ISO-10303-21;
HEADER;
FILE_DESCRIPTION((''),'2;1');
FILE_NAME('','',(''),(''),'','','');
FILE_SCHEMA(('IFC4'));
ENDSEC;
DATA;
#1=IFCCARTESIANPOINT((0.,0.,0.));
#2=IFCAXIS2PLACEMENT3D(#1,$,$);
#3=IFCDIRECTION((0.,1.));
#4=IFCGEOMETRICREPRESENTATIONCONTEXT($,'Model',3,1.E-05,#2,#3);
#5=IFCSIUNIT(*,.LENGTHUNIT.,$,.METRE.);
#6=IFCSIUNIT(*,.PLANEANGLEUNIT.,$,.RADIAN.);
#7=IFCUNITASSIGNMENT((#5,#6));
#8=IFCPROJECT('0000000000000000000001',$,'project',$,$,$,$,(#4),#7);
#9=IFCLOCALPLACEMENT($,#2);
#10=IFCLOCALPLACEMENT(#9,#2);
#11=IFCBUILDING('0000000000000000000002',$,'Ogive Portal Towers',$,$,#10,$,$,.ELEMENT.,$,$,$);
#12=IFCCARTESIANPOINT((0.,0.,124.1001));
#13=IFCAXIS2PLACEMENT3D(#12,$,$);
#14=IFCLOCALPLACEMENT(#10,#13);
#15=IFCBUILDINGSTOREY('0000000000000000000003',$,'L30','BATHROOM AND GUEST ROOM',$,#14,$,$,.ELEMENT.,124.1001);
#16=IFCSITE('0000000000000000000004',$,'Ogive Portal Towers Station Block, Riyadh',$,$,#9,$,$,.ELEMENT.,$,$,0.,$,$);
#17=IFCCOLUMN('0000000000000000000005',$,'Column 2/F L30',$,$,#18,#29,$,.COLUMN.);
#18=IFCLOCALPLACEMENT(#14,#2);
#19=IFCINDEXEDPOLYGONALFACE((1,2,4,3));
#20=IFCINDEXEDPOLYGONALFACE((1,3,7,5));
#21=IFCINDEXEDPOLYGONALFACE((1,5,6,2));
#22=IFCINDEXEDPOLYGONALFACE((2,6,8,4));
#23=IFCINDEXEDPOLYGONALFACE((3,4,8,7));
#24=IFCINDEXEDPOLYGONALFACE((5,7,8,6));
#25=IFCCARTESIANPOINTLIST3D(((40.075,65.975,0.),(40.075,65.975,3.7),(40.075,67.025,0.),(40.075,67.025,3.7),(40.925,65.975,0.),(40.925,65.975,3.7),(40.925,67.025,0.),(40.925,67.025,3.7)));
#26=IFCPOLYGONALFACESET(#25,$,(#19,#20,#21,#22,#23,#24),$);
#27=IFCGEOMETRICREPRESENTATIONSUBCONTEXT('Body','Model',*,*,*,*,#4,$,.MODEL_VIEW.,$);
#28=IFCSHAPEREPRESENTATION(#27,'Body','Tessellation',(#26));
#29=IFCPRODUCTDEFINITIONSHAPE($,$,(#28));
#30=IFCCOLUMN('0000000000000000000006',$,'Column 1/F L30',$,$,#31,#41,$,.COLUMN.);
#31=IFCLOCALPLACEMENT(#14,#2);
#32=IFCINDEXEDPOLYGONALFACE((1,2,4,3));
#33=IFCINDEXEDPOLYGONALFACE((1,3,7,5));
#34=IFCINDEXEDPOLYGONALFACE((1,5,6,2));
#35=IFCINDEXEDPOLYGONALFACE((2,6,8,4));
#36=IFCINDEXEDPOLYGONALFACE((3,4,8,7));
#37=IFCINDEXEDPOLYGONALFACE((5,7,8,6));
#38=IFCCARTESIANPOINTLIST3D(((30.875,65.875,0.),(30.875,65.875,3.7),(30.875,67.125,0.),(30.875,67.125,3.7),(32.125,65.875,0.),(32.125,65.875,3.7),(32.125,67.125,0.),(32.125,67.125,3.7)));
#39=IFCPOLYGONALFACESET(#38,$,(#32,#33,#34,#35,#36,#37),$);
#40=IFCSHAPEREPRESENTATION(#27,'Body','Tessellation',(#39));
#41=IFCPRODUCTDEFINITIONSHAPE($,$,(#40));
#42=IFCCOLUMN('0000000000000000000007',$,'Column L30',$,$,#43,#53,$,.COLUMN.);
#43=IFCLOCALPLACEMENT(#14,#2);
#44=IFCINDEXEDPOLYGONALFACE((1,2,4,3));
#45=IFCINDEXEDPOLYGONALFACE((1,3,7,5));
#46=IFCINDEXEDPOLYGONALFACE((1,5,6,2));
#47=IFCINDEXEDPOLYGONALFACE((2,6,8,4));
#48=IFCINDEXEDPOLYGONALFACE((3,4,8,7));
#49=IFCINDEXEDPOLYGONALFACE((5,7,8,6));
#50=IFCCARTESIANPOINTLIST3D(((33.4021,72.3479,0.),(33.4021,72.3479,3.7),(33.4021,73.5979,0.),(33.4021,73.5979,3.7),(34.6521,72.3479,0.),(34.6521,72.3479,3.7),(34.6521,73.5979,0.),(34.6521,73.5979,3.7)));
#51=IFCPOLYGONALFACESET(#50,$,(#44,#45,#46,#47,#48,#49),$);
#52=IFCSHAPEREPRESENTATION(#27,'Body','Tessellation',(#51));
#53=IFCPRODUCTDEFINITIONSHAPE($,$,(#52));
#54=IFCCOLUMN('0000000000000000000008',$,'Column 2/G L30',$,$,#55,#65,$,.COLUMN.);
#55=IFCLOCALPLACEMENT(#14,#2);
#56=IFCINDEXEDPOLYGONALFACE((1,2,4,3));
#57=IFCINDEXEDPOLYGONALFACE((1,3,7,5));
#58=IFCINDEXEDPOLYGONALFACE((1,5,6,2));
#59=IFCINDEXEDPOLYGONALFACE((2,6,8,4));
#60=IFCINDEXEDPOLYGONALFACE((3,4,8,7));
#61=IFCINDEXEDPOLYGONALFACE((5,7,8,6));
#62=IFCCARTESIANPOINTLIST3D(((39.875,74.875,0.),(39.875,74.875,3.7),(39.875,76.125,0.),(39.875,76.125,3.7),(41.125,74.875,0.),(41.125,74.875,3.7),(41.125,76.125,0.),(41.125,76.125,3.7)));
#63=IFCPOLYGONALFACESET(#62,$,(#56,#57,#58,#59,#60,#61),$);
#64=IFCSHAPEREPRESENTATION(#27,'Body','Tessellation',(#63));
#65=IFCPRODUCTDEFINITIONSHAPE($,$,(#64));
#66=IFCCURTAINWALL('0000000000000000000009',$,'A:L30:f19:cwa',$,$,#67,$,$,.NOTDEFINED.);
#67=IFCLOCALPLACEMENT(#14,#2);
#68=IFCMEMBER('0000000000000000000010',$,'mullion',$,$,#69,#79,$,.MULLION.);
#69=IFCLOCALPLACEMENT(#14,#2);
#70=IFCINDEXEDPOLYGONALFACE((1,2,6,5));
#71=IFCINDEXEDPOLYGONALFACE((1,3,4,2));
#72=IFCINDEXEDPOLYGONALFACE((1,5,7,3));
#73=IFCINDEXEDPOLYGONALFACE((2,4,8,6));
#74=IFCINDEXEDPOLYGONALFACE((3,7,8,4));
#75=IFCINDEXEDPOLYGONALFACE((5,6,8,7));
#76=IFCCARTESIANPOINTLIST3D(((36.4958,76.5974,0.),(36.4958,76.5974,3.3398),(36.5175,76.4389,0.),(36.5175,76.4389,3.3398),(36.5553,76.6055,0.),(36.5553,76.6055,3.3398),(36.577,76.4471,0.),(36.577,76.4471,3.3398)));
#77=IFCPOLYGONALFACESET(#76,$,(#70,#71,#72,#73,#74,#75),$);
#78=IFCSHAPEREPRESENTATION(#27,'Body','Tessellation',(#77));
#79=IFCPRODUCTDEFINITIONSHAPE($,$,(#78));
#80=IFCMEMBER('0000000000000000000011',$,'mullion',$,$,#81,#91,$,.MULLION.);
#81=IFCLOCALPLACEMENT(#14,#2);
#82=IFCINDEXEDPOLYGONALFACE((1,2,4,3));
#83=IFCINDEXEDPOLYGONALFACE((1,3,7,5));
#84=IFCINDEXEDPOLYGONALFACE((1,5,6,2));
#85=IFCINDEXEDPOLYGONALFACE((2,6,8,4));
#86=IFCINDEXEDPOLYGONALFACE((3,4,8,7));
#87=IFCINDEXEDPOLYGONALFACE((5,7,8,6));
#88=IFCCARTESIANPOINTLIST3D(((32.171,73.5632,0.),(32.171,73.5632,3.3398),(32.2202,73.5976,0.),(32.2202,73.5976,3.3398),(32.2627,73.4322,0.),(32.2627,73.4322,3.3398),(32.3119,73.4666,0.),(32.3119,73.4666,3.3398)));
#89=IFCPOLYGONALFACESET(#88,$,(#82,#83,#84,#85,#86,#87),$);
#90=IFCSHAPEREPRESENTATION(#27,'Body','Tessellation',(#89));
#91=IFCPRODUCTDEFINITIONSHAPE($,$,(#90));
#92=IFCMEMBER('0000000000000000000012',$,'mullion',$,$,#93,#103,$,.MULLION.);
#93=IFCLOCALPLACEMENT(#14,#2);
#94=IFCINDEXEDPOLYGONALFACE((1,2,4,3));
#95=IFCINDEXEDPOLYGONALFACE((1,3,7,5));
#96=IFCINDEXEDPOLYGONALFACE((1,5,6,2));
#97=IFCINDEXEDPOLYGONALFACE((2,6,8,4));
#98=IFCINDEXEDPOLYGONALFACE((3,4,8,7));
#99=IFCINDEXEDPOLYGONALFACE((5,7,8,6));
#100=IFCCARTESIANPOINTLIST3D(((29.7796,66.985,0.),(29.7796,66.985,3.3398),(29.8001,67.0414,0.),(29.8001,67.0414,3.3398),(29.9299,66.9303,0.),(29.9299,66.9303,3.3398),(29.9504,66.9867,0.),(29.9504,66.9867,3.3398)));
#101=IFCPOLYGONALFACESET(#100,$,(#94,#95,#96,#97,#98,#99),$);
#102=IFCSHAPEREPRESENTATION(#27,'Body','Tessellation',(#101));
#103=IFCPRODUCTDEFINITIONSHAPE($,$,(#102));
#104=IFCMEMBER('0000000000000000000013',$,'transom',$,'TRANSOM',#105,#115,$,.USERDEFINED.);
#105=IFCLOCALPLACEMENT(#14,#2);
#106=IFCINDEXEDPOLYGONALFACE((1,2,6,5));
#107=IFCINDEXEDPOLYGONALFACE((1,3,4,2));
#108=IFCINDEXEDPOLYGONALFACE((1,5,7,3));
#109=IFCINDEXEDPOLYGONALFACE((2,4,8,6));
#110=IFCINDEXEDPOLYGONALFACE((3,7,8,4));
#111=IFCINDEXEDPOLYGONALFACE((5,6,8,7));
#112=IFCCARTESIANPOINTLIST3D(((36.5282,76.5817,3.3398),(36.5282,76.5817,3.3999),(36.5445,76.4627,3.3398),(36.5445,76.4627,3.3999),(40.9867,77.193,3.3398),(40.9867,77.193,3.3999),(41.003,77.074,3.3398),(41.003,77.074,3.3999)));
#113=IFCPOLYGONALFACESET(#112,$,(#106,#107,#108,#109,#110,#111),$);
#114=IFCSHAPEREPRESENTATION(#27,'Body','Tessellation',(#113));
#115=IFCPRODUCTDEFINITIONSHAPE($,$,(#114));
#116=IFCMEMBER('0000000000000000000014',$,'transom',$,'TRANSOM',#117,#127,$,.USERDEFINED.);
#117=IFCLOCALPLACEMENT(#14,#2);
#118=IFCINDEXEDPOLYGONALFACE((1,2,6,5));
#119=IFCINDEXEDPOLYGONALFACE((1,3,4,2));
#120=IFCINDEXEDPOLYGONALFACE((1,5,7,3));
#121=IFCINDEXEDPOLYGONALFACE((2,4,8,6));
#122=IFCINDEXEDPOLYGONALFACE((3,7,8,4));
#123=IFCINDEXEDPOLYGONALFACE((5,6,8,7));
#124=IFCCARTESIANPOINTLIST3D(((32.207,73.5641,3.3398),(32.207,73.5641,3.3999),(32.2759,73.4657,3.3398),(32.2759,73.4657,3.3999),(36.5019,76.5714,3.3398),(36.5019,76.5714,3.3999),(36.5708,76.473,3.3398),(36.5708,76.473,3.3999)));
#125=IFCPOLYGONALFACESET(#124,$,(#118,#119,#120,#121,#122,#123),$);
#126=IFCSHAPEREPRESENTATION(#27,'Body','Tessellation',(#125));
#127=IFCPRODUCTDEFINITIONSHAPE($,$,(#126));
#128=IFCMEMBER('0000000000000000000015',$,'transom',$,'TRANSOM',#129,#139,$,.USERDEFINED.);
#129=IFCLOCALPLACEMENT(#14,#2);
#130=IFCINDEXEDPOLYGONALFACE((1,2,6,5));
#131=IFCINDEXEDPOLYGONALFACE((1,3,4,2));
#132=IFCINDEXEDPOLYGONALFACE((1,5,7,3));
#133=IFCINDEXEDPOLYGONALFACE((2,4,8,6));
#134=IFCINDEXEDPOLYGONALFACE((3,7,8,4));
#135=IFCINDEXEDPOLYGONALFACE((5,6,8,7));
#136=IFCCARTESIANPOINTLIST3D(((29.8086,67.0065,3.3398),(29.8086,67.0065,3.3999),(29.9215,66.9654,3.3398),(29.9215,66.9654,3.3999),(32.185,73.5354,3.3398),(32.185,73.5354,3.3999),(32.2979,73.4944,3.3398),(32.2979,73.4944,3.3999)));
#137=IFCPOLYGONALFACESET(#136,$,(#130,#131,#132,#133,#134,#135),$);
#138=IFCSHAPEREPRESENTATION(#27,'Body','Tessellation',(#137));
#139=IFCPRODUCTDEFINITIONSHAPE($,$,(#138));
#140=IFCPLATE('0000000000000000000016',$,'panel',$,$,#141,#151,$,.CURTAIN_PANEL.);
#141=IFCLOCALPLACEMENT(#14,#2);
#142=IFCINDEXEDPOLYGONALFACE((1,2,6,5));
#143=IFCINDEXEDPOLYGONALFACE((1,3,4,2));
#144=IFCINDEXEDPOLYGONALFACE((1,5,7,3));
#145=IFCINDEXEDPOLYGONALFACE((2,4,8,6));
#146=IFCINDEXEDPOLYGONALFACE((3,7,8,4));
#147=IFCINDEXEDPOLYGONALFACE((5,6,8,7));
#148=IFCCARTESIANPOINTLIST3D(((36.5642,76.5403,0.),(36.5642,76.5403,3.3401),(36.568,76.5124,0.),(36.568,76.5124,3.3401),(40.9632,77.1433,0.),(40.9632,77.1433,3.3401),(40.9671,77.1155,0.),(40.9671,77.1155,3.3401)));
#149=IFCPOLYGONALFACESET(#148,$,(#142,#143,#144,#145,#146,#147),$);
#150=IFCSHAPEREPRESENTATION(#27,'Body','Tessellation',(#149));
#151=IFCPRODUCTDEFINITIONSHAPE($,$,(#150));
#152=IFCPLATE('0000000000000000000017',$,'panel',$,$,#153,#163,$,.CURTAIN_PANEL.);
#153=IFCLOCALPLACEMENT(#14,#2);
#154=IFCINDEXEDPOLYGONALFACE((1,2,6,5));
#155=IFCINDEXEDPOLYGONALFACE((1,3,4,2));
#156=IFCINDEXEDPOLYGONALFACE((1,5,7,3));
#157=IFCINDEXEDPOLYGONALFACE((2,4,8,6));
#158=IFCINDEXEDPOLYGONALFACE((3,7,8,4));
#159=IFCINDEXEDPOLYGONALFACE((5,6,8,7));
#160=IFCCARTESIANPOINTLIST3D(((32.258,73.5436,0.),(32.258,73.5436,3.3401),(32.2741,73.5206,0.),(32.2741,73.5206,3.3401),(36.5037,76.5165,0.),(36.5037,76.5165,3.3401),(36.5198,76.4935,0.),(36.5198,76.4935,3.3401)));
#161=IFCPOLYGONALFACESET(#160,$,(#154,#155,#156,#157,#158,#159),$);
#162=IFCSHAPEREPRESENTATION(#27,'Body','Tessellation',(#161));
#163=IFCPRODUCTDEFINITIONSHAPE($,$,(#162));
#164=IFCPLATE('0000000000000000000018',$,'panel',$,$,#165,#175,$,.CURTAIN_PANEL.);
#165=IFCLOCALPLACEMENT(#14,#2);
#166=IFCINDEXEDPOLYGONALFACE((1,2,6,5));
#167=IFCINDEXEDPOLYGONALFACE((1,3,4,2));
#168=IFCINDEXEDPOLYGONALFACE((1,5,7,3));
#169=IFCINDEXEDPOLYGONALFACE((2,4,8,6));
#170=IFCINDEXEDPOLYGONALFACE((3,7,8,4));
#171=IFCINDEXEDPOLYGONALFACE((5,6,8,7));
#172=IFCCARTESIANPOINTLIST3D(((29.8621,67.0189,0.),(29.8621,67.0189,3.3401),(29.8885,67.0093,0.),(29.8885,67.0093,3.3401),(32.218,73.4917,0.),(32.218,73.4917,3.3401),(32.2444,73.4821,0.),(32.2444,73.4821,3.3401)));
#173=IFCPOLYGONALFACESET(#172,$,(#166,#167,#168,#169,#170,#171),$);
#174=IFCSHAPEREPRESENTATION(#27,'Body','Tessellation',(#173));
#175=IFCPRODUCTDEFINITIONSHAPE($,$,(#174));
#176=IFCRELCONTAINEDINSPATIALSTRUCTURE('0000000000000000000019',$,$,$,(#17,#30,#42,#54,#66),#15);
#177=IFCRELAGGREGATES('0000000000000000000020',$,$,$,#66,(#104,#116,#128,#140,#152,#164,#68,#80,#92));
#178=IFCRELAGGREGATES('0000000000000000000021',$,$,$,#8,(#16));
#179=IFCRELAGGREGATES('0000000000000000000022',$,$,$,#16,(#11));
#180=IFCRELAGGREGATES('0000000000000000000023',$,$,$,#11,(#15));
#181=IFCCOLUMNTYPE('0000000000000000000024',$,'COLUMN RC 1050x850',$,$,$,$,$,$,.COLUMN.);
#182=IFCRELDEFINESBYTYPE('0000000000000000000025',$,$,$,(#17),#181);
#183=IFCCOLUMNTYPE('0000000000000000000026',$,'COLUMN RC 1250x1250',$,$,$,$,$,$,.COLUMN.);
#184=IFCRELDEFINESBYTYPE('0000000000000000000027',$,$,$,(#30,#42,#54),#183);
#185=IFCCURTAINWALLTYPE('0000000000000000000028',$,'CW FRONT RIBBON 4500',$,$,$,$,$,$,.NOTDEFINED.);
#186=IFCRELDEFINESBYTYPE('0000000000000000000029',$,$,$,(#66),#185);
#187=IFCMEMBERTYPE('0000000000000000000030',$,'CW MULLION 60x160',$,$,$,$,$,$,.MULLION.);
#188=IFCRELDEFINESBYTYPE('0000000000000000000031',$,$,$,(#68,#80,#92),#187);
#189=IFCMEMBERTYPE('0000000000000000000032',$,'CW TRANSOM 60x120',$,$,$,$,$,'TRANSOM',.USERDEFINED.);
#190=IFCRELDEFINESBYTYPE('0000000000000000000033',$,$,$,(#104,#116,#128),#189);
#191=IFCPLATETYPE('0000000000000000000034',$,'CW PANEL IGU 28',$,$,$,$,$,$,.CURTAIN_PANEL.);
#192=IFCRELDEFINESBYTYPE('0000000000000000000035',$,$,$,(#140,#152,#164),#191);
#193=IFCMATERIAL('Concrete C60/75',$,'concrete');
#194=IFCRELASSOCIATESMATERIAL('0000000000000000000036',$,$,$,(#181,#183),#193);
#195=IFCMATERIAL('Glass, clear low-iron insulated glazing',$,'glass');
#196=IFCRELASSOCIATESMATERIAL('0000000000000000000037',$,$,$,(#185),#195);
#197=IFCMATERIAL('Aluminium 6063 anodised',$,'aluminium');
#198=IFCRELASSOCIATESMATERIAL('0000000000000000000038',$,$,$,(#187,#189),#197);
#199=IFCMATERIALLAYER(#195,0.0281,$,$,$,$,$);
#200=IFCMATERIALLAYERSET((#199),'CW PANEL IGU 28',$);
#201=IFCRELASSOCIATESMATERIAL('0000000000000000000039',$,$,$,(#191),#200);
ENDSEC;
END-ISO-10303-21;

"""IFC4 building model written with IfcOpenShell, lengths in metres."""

from ifc_helpers import new_model, si_unit, direction, frame, origin, origin_2d, place, context, subcontext, project, spatial, rectangle, extrude, material, layer, layer_set, material_profile, profile_set, type_object, element, aggregate, save


model = new_model("IFC4")

# Units and contexts
model_context = context("Model", 3, precision=1e-05, world=origin(), true_north=direction((0.0, 1.0)))
body_context = subcontext(model_context, "Body", "Model", "MODEL_VIEW")
ifc_project = project(units=[si_unit("LENGTHUNIT", "METRE"), si_unit("PLANEANGLEUNIT", "RADIAN")], contexts=[model_context])

# Site, building, storey
site_placement = place(None, origin())
site = spatial("IfcSite", under=ifc_project, at=site_placement, Name="Ogive Portal Towers Station Block, Riyadh", CompositionType="ELEMENT", RefElevation=0.0)
building_placement = place(site_placement, origin())
building = spatial("IfcBuilding", under=site, at=building_placement, Name="Ogive Portal Towers", CompositionType="ELEMENT")
storey_placement = place(building_placement, frame((0.0, 0.0, 124.1001)))
storey = spatial("IfcBuildingStorey", under=building, at=storey_placement, Name="L30", Description="BATHROOM AND GUEST ROOM", CompositionType="ELEMENT", Elevation=124.1001)

# Columns
ifc_material_1 = material(Name="Concrete C60/75", Category="concrete")
ifc_material_profile_1 = material_profile(ifc_material_1, rectangle(XDim=1.05, YDim=0.8501, at=origin_2d()), Name="RC 1050x850")
ifc_profile_set_1 = profile_set([ifc_material_profile_1], Name="Concrete C60/75")
column_type_1 = type_object("IfcColumnType", Name="COLUMN RC 1050x850", PredefinedType="COLUMN", material=ifc_profile_set_1)
column_placement = place(storey_placement, frame((40.5, 66.5, 0.0), z_axis=(0.0, 0.0, 1.0), x_axis=(0.0, 1.0, 0.0)))
element("IfcColumn", 1, at=column_placement, inside=storey, type_object=column_type_1, Name="Column 2/F L30", PredefinedType="COLUMN", context=body_context, shape_type="SweptSolid", body=[
    extrude(rectangle(XDim=1.05, YDim=0.8501, at=origin_2d()), origin(), (0.0, 0.0, 1.0), 3.7),
])
ifc_material_profile_2 = material_profile(ifc_material_1, rectangle(XDim=1.25, YDim=1.25, at=origin_2d()), Name="RC 1250x1250")
ifc_profile_set_2 = profile_set([ifc_material_profile_2], Name="Concrete C60/75")
column_type_2 = type_object("IfcColumnType", Name="COLUMN RC 1250x1250", PredefinedType="COLUMN", material=ifc_profile_set_2)
for number, where, z_axis, x_axis, name in (
    (2, (31.5, 66.5, 0.0), (0.0, 0.0, 1.0), (1.0, 0.0, 0.0), "Column 1/F L30"),
    (3, (34.0271, 72.9729, 0.0), (0.0, 0.0, 1.0), (1.0, 0.0, 0.0), "Column L30"),
    (4, (40.5, 75.5, 0.0), (0.0, 0.0, 1.0), (1.0, 0.0, 0.0), "Column 2/G L30"),
):
    element("IfcColumn", number, at=place(storey_placement, frame(where, z_axis=z_axis, x_axis=x_axis)), inside=storey, type_object=column_type_2, Name=name, PredefinedType="COLUMN", context=body_context, shape_type="SweptSolid", body=[
        extrude(rectangle(XDim=1.25, YDim=1.25, at=origin_2d()), origin(), (0.0, 0.0, 1.0), 3.7),
    ])

# Curtain wall, members, plates
ifc_material_2 = material(Name="Glass, clear low-iron insulated glazing", Category="glass")
curtain_wall_type = type_object("IfcCurtainWallType", Name="CW FRONT RIBBON 4500", PredefinedType="NOTDEFINED", material=ifc_material_2)
curtain_wall_placement = place(storey_placement, origin())
curtain_wall = element("IfcCurtainWall", 5, at=curtain_wall_placement, inside=storey, type_object=curtain_wall_type, Name="A:L30:f19:cwa", PredefinedType="NOTDEFINED")
ifc_material_3 = material(Name="Aluminium 6063 anodised", Category="aluminium")
ifc_material_profile_3 = material_profile(ifc_material_3, rectangle(XDim=0.1599, YDim=0.0601, at=origin_2d()), Name="AL 60x160")
ifc_profile_set_3 = profile_set([ifc_material_profile_3], Name="Aluminium 6063 anodised")
member_type_1 = type_object("IfcMemberType", Name="CW MULLION 60x160", PredefinedType="MULLION", material=ifc_profile_set_3)
member_1_placement = place(storey_placement, frame((36.5364, 76.5222, 0.0), z_axis=(0.0, 0.0, 1.0), x_axis=(0.135818, -0.990734, 0.0)))
member_1 = element("IfcMember", 6, at=member_1_placement, type_object=member_type_1, Name="mullion", PredefinedType="MULLION", context=body_context, shape_type="SweptSolid", body=[
    extrude(rectangle(XDim=0.1599, YDim=0.0601, at=origin_2d()), origin(), (0.0, 0.0, 1.0), 3.3398),
])
member_2_placement = place(storey_placement, frame((32.2415, 73.5149, 0.0), z_axis=(0.0, 0.0, 1.0), x_axis=(0.573576, -0.819152, 0.0)))
member_2 = element("IfcMember", 7, at=member_2_placement, type_object=member_type_1, Name="mullion", PredefinedType="MULLION", context=body_context, shape_type="SweptSolid", body=[
    extrude(rectangle(XDim=0.1599, YDim=0.0601, at=origin_2d()), origin(), (0.0, 0.0, 1.0), 3.3398),
])
member_3_placement = place(storey_placement, frame((29.865, 66.9858, 0.0), z_axis=(0.0, 0.0, 1.0), x_axis=(0.939693, -0.34202, 0.0)))
member_3 = element("IfcMember", 8, at=member_3_placement, type_object=member_type_1, Name="mullion", PredefinedType="MULLION", context=body_context, shape_type="SweptSolid", body=[
    extrude(rectangle(XDim=0.1599, YDim=0.0601, at=origin_2d()), origin(), (0.0, 0.0, 1.0), 3.3398),
])
ifc_material_profile_4 = material_profile(ifc_material_3, rectangle(XDim=0.1201, YDim=0.0601, at=origin_2d()), Name="AL 120x60")
ifc_profile_set_4 = profile_set([ifc_material_profile_4], Name="Aluminium 6063 anodised")
member_type_2 = type_object("IfcMemberType", Name="CW TRANSOM 60x120", ElementType="TRANSOM", PredefinedType="USERDEFINED", material=ifc_profile_set_4)
member_4_placement = place(storey_placement, frame((40.9949, 77.1335, 3.3699), z_axis=(-0.99073, -0.135844, 0.0), x_axis=(0.135844, -0.99073, 0.0)))
member_4 = element("IfcMember", 9, at=member_4_placement, type_object=member_type_2, Name="transom", ObjectType="TRANSOM", PredefinedType="USERDEFINED", context=body_context, shape_type="SweptSolid", body=[
    extrude(rectangle(XDim=0.1201, YDim=0.0601, at=origin_2d()), origin(), (0.0, 0.0, 1.0), 4.5002),
])
member_5_placement = place(storey_placement, frame((36.5364, 76.5222, 3.3699), z_axis=(-0.819153, -0.573575, 0.0), x_axis=(0.573575, -0.819153, 0.0)))
member_5 = element("IfcMember", 10, at=member_5_placement, type_object=member_type_2, Name="transom", ObjectType="TRANSOM", PredefinedType="USERDEFINED", context=body_context, shape_type="SweptSolid", body=[
    extrude(rectangle(XDim=0.1201, YDim=0.0601, at=origin_2d()), origin(), (0.0, 0.0, 1.0), 5.2432),
])
member_6_placement = place(storey_placement, frame((32.2415, 73.5149, 3.3699), z_axis=(-0.342031, -0.939689, 0.0), x_axis=(0.939689, -0.342031, 0.0)))
member_6 = element("IfcMember", 11, at=member_6_placement, type_object=member_type_2, Name="transom", ObjectType="TRANSOM", PredefinedType="USERDEFINED", context=body_context, shape_type="SweptSolid", body=[
    extrude(rectangle(XDim=0.1201, YDim=0.0601, at=origin_2d()), origin(), (0.0, 0.0, 1.0), 6.948),
])
ifc_layer_1 = layer(ifc_material_2, 0.0281)
ifc_layer_set_1 = layer_set([ifc_layer_1], Name="CW PANEL IGU 28")
plate_type = type_object("IfcPlateType", Name="CW PANEL IGU 28", PredefinedType="CURTAIN_PANEL", material=ifc_layer_set_1)
plate_1_placement = place(storey_placement, frame((38.7656, 76.8279, 0.0), z_axis=(0.0, 0.0, 1.0), x_axis=(-0.990734, -0.135818, 0.0)))
plate_1 = element("IfcPlate", 12, at=plate_1_placement, type_object=plate_type, Name="panel", PredefinedType="CURTAIN_PANEL", context=body_context, shape_type="SweptSolid", body=[
    extrude(rectangle(XDim=4.4402, YDim=0.0281, at=origin_2d()), origin(), (0.0, 0.0, 1.0), 3.3401),
])
plate_2_placement = place(storey_placement, frame((34.3889, 75.0186, 0.0), z_axis=(0.0, 0.0, 1.0), x_axis=(-0.819152, -0.573576, 0.0)))
plate_2 = element("IfcPlate", 13, at=plate_2_placement, type_object=plate_type, Name="panel", PredefinedType="CURTAIN_PANEL", context=body_context, shape_type="SweptSolid", body=[
    extrude(rectangle(XDim=5.1831, YDim=0.0281, at=origin_2d()), origin(), (0.0, 0.0, 1.0), 3.3401),
])
plate_3_placement = place(storey_placement, frame((31.0532, 70.2505, 0.0), z_axis=(0.0, 0.0, 1.0), x_axis=(-0.34202, -0.939693, 0.0)))
plate_3 = element("IfcPlate", 14, at=plate_3_placement, type_object=plate_type, Name="panel", PredefinedType="CURTAIN_PANEL", context=body_context, shape_type="SweptSolid", body=[
    extrude(rectangle(XDim=6.8882, YDim=0.0281, at=origin_2d()), origin(), (0.0, 0.0, 1.0), 3.3401),
])
aggregate(curtain_wall, [member_4, member_5, member_6, plate_1, plate_2, plate_3, member_1, member_2, member_3])

save(model, "model.ifc")
